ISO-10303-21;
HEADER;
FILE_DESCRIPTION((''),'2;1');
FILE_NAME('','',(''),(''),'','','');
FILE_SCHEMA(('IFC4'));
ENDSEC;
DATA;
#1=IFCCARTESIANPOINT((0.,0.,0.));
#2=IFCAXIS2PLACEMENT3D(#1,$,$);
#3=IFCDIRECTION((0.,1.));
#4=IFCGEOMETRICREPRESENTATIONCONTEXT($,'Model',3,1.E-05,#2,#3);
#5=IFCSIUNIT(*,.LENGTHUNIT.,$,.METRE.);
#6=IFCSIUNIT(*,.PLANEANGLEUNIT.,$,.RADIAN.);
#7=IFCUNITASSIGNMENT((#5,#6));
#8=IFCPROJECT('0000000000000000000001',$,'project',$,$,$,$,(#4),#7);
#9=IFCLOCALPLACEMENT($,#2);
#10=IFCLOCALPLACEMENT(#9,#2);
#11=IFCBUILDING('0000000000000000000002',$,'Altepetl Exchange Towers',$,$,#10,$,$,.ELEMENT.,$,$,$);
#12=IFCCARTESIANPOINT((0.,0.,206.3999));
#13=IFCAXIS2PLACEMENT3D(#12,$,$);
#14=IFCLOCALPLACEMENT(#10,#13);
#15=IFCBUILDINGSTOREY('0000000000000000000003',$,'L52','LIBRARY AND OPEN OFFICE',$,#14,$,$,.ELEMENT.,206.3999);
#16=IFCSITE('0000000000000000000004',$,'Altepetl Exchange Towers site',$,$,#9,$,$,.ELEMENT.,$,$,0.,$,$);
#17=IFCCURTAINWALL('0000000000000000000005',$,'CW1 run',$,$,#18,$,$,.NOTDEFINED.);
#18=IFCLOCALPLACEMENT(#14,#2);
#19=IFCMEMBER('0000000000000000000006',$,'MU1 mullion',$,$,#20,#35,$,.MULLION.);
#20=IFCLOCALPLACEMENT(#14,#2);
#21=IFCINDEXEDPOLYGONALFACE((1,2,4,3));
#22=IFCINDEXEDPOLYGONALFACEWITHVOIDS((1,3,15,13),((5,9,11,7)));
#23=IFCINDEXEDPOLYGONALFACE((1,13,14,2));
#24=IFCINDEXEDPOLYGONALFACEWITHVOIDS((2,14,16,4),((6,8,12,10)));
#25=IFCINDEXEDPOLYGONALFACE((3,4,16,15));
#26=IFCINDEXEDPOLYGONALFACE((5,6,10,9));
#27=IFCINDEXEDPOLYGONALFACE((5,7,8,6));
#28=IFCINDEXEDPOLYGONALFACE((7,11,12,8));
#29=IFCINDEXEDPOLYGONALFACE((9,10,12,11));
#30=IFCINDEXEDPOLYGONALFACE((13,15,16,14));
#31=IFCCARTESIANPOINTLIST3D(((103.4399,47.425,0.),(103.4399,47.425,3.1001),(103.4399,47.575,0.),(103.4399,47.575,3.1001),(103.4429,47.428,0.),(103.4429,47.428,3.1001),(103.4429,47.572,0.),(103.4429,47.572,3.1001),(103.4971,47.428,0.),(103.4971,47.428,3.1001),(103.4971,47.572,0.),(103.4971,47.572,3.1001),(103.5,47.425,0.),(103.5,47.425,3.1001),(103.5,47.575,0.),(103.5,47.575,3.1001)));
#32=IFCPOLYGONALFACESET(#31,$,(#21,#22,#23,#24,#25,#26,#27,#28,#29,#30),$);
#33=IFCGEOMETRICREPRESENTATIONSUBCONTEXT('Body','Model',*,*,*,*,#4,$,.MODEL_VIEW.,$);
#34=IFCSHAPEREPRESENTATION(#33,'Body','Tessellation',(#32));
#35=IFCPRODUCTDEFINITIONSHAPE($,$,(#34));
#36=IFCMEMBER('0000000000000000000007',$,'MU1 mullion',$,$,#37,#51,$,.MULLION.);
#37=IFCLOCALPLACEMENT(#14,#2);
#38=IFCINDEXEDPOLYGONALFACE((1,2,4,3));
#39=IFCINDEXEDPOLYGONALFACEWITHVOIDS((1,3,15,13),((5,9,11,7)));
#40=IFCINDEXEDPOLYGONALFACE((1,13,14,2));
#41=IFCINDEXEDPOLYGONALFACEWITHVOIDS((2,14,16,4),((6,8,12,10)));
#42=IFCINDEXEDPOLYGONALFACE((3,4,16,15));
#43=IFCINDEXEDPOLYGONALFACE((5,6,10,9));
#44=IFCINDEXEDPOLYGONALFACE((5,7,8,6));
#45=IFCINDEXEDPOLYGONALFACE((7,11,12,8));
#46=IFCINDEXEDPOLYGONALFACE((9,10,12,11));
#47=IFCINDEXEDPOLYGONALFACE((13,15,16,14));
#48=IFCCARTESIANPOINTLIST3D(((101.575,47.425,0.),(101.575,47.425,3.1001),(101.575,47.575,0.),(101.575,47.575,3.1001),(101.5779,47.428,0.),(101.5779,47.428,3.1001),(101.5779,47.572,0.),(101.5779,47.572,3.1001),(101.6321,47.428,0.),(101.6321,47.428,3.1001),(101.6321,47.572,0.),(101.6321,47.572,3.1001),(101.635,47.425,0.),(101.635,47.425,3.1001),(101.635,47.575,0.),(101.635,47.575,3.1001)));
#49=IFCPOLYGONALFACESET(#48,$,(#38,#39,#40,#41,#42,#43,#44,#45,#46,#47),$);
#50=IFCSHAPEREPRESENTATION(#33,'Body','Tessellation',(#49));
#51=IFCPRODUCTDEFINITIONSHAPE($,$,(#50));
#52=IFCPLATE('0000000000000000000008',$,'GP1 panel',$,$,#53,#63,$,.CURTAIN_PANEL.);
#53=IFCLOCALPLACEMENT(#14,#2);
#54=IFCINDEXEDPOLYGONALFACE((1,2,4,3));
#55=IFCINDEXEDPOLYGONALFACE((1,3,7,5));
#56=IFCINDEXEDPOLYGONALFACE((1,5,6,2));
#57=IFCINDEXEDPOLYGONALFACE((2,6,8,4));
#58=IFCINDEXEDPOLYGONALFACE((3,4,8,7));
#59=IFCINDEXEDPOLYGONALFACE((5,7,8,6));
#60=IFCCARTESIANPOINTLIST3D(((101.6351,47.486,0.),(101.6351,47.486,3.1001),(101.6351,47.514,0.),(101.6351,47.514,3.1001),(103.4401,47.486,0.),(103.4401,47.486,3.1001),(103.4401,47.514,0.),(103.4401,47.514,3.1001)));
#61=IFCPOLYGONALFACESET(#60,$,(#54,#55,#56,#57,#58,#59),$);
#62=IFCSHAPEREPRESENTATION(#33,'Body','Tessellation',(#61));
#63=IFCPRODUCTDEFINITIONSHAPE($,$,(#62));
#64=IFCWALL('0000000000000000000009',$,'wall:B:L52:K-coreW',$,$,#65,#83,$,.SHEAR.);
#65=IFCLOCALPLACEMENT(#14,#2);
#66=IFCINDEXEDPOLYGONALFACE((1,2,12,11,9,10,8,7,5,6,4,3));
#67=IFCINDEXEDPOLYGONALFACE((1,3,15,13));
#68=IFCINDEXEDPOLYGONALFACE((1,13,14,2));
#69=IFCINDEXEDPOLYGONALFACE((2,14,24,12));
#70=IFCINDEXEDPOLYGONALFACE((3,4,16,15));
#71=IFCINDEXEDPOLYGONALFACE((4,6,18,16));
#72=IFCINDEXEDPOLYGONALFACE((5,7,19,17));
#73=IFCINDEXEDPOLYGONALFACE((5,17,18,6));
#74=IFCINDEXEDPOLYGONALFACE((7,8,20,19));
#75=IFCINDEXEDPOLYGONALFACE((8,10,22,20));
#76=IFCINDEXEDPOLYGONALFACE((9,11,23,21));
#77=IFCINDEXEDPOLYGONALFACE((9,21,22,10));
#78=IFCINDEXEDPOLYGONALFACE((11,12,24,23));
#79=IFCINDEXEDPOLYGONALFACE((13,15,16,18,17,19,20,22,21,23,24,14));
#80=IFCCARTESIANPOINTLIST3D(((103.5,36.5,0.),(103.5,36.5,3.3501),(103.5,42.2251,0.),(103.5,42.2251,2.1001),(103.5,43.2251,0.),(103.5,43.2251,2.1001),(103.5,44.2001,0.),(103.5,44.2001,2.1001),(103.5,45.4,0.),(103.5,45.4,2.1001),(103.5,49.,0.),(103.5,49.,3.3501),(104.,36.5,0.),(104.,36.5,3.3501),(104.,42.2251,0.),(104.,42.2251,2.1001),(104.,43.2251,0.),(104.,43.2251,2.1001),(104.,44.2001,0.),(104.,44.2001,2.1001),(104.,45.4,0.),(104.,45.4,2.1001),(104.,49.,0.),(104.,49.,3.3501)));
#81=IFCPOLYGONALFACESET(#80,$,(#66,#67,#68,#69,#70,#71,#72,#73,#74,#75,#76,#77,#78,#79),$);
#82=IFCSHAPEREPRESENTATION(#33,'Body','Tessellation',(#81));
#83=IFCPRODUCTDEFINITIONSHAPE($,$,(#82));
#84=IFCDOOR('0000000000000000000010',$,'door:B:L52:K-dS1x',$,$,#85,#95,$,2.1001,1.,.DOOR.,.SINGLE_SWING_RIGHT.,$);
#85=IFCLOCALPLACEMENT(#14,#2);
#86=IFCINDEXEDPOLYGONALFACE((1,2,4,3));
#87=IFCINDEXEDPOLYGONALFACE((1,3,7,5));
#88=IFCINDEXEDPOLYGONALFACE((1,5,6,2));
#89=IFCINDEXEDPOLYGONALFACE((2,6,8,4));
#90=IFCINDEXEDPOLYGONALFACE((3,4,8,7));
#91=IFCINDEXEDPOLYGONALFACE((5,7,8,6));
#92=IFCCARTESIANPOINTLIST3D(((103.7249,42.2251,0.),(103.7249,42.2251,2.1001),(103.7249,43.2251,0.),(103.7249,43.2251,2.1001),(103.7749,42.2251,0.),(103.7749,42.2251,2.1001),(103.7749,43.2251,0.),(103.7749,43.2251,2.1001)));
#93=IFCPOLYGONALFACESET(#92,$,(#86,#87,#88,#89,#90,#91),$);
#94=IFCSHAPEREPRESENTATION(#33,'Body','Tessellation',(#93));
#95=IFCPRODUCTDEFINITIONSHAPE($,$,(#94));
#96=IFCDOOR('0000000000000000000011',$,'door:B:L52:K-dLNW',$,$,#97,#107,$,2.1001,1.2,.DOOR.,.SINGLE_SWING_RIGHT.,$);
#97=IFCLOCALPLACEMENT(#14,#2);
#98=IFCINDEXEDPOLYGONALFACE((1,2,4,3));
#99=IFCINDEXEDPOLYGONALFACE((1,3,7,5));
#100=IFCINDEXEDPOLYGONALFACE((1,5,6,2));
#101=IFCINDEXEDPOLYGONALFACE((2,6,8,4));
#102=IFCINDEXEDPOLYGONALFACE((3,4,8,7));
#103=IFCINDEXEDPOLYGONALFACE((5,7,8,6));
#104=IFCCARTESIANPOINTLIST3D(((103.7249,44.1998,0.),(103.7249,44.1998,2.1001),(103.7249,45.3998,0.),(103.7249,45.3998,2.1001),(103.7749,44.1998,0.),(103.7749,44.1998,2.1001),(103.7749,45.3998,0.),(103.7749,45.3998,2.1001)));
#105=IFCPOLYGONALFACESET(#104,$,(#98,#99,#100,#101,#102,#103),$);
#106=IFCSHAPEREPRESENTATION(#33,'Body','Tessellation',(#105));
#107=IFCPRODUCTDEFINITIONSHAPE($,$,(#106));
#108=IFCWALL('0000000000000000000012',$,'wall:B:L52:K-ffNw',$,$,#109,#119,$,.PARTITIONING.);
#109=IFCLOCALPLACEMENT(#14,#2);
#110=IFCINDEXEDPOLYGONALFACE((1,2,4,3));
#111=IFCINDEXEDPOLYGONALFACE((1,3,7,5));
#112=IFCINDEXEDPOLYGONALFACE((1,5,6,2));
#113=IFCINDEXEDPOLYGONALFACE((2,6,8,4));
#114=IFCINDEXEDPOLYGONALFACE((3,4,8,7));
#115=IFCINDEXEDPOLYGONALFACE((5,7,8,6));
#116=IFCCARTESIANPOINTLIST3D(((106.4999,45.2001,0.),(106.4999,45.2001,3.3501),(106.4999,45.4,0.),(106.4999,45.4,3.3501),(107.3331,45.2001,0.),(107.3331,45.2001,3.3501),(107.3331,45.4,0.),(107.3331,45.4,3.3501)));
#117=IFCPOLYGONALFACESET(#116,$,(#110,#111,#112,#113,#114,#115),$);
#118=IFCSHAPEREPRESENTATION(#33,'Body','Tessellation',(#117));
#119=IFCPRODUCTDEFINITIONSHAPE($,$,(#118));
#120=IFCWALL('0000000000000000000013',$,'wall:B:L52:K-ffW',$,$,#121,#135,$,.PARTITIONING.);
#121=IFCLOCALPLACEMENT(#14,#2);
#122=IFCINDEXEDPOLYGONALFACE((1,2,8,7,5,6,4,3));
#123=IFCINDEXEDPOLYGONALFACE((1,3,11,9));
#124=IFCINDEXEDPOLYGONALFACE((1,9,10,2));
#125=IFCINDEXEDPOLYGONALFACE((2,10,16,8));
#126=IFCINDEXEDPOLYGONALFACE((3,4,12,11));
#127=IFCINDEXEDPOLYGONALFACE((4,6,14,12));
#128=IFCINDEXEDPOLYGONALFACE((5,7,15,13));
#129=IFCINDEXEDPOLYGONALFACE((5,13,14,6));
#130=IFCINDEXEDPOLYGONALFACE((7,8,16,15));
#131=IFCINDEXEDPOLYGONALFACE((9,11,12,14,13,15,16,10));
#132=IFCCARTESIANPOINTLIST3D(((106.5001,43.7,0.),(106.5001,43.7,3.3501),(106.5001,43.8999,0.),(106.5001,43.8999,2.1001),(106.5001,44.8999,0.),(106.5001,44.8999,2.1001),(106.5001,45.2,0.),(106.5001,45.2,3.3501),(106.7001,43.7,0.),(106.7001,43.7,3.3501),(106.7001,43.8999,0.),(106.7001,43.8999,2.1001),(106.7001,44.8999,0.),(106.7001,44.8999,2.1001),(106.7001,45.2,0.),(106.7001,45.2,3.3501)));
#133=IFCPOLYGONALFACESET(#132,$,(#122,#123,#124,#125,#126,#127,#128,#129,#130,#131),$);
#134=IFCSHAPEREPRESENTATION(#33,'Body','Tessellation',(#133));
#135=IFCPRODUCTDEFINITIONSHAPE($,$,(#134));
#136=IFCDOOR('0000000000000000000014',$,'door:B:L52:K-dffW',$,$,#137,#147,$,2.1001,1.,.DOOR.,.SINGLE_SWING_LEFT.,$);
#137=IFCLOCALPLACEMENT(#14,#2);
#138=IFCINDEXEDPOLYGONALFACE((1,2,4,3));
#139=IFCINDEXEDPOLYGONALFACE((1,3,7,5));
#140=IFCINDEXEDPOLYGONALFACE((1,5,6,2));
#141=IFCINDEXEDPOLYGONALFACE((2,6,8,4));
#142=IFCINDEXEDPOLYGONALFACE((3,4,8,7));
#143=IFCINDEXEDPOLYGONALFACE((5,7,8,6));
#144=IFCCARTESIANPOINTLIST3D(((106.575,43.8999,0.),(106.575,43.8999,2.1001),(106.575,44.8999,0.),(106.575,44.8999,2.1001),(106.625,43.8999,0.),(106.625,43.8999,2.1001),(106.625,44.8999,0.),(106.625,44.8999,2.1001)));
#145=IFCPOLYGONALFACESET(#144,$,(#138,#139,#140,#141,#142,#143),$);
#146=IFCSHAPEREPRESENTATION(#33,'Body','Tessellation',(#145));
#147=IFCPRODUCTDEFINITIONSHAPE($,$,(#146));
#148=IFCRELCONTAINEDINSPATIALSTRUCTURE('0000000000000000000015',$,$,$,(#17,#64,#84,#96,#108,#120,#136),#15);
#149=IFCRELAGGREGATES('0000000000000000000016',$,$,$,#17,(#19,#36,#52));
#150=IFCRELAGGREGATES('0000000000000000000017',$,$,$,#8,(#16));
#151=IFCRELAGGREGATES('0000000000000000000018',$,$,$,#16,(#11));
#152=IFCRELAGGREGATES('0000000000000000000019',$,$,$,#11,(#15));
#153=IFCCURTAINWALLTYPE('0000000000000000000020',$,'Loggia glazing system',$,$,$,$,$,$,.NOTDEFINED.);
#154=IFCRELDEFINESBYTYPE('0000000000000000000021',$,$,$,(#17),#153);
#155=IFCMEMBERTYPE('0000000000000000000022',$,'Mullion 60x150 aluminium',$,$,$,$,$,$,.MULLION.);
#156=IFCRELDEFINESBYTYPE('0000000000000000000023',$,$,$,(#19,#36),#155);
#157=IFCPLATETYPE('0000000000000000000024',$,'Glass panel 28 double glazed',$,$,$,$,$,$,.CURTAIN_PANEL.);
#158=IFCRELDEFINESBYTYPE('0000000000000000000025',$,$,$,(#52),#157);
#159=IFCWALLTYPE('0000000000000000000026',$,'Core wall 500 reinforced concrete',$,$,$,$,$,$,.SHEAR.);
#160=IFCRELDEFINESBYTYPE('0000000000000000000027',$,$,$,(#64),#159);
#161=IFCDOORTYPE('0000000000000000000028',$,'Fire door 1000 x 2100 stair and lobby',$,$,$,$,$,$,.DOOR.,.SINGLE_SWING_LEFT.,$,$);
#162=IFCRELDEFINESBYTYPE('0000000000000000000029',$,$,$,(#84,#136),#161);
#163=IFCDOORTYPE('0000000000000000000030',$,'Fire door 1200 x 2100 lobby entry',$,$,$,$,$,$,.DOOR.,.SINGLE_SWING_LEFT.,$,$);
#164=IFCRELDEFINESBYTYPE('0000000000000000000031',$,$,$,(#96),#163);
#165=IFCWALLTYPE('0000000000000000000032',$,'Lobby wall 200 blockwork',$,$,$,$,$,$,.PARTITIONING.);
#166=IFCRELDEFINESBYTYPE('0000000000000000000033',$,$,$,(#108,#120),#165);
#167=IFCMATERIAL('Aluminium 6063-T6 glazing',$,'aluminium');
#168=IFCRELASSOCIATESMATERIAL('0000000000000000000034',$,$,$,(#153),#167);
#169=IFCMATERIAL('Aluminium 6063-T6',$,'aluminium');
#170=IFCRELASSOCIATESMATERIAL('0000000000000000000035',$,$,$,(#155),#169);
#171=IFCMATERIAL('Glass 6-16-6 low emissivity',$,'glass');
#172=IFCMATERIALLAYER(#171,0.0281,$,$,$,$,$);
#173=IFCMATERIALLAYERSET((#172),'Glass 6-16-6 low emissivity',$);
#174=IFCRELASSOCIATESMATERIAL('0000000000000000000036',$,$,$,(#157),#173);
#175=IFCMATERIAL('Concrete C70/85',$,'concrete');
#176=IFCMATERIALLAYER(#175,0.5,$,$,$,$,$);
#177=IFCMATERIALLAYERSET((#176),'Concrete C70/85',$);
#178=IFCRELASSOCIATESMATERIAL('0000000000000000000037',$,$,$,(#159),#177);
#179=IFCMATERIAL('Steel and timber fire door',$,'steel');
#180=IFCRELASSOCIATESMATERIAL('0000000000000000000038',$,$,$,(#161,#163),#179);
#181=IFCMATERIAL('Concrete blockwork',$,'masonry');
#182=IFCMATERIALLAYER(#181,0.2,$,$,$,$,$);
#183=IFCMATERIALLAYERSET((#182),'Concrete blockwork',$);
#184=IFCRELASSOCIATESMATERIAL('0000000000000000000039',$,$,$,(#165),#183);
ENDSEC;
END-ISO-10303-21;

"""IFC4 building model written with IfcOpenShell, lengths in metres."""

from ifc_helpers import new_model, si_unit, direction, frame, frame_2d, origin, origin_2d, place, context, subcontext, project, spatial, rectangle, hollow_rectangle, extrude, material, layer, layer_set, material_profile, profile_set, type_object, element, fill, aggregate, save


model = new_model("IFC4")

# Units and contexts
model_context = context("Model", 3, precision=1e-05, world=origin(), true_north=direction((0.0, 1.0)))
body_context = subcontext(model_context, "Body", "Model", "MODEL_VIEW")
ifc_project = project(units=[si_unit("LENGTHUNIT", "METRE"), si_unit("PLANEANGLEUNIT", "RADIAN")], contexts=[model_context])

# Site, building, storey
site_placement = place(None, origin())
site = spatial("IfcSite", under=ifc_project, at=site_placement, Name="Altepetl Exchange Towers site", CompositionType="ELEMENT", RefElevation=0.0)
building_placement = place(site_placement, origin())
building = spatial("IfcBuilding", under=site, at=building_placement, Name="Altepetl Exchange Towers", CompositionType="ELEMENT")
storey_placement = place(building_placement, frame((0.0, 0.0, 206.3999)))
storey = spatial("IfcBuildingStorey", under=building, at=storey_placement, Name="L52", Description="LIBRARY AND OPEN OFFICE", CompositionType="ELEMENT", Elevation=206.3999)

# Curtain wall, members, plate
ifc_material_1 = material(Name="Aluminium 6063-T6 glazing", Category="aluminium")
curtain_wall_type = type_object("IfcCurtainWallType", Name="Loggia glazing system", PredefinedType="NOTDEFINED", material=ifc_material_1)
curtain_wall_placement = place(storey_placement, origin())
curtain_wall = element("IfcCurtainWall", 1, at=curtain_wall_placement, inside=storey, type_object=curtain_wall_type, Name="CW1 run", PredefinedType="NOTDEFINED")
ifc_material_2 = material(Name="Aluminium 6063-T6", Category="aluminium")
ifc_material_profile = material_profile(ifc_material_2, hollow_rectangle(XDim=0.0601, YDim=0.1499, WallThickness=0.0029, at=origin_2d()), Name="Mullion 60x150 aluminium")
ifc_profile_set = profile_set([ifc_material_profile], Name="Aluminium 6063-T6")
member_type = type_object("IfcMemberType", Name="Mullion 60x150 aluminium", PredefinedType="MULLION", material=ifc_profile_set)
member_1_placement = place(storey_placement, frame((103.47, 47.5, 0.0), z_axis=(0.0, 0.0, 1.0), x_axis=(-1.0, 0.0, 0.0)))
member_1 = element("IfcMember", 2, at=member_1_placement, type_object=member_type, Name="MU1 mullion", PredefinedType="MULLION", context=body_context, shape_type="SweptSolid", body=[
    extrude(hollow_rectangle(XDim=0.0601, YDim=0.1499, WallThickness=0.0029, at=origin_2d()), origin(), (0.0, 0.0, 1.0), 3.1001),
])
member_2_placement = place(storey_placement, frame((101.605, 47.5, 0.0), z_axis=(0.0, 0.0, 1.0), x_axis=(-1.0, 0.0, 0.0)))
member_2 = element("IfcMember", 3, at=member_2_placement, type_object=member_type, Name="MU1 mullion", PredefinedType="MULLION", context=body_context, shape_type="SweptSolid", body=[
    extrude(hollow_rectangle(XDim=0.0601, YDim=0.1499, WallThickness=0.0029, at=origin_2d()), origin(), (0.0, 0.0, 1.0), 3.1001),
])
ifc_material_3 = material(Name="Glass 6-16-6 low emissivity", Category="glass")
ifc_layer_1 = layer(ifc_material_3, 0.0281)
ifc_layer_set_1 = layer_set([ifc_layer_1], Name="Glass 6-16-6 low emissivity")
plate_type = type_object("IfcPlateType", Name="Glass panel 28 double glazed", PredefinedType="CURTAIN_PANEL", material=ifc_layer_set_1)
plate_placement = place(storey_placement, frame((102.5376, 47.5, 0.0), z_axis=(0.0, 0.0, 1.0), x_axis=(-1.0, 0.0, 0.0)))
plate = element("IfcPlate", 4, at=plate_placement, type_object=plate_type, Name="GP1 panel", PredefinedType="CURTAIN_PANEL", context=body_context, shape_type="SweptSolid", body=[
    extrude(rectangle(XDim=1.8049, YDim=0.0281, at=origin_2d()), origin(), (0.0, 0.0, 1.0), 3.1001),
])
aggregate(curtain_wall, [member_1, member_2, plate])

# Wall, openings, doors
ifc_material_4 = material(Name="Concrete C70/85", Category="concrete")
ifc_layer_2 = layer(ifc_material_4, 0.5)
ifc_layer_set_2 = layer_set([ifc_layer_2], Name="Concrete C70/85")
wall_type_1 = type_object("IfcWallType", Name="Core wall 500 reinforced concrete", PredefinedType="SHEAR", material=ifc_layer_set_2)
wall_1_placement = place(storey_placement, frame((103.75, 36.5, 0.0), z_axis=(0.0, 0.0, 1.0), x_axis=(0.0, 1.0, 0.0)))
wall_1 = element("IfcWall", 5, at=wall_1_placement, inside=storey, type_object=wall_type_1, Name="wall:B:L52:K-coreW", PredefinedType="SHEAR", context=body_context, shape_type="SweptSolid", body=[
    extrude(rectangle(XDim=12.5, YDim=0.5, at=frame_2d((6.25, 0.0))), origin(), (0.0, 0.0, 1.0), 3.3501),
])
opening_1_placement = place(wall_1_placement, frame((7.7, 0.0, 0.0)))
opening_1 = element("IfcOpeningElement", 6, at=opening_1_placement, cuts=wall_1, PredefinedType="OPENING", context=body_context, shape_type="SweptSolid", body=[
    extrude(rectangle(XDim=1.2, YDim=2.1001, at=frame_2d((0.6001, 1.05))), frame((0.0, 0.26, 0.0), z_axis=(0.0, -1.0, 0.0), x_axis=(1.0, 0.0, 0.0)), (0.0, 0.0, 1.0), 0.52),
])
opening_2_placement = place(wall_1_placement, frame((5.7251, 0.0, 0.0)))
opening_2 = element("IfcOpeningElement", 7, at=opening_2_placement, cuts=wall_1, PredefinedType="OPENING", context=body_context, shape_type="SweptSolid", body=[
    extrude(rectangle(XDim=1.0, YDim=2.1001, at=frame_2d((0.5, 1.05))), frame((0.0, 0.26, 0.0), z_axis=(0.0, -1.0, 0.0), x_axis=(1.0, 0.0, 0.0)), (0.0, 0.0, 1.0), 0.52),
])
ifc_material_5 = material(Name="Steel and timber fire door", Category="steel")
door_type_1 = type_object("IfcDoorType", Name="Fire door 1000 x 2100 stair and lobby", OperationType="SINGLE_SWING_LEFT", PredefinedType="DOOR", material=ifc_material_5)
door_1_placement = place(opening_2_placement, frame((1.0, 0.0, 0.0), x_axis=(-1.0, 0.0, 0.0)))
door_1 = element("IfcDoor", 8, at=door_1_placement, inside=storey, type_object=door_type_1, Name="door:B:L52:K-dS1x", OperationType="SINGLE_SWING_RIGHT", OverallHeight=2.1001, OverallWidth=1.0, PredefinedType="DOOR", context=body_context, shape_type="SweptSolid", body=[
    extrude(rectangle(XDim=1.0, YDim=2.1001, at=frame_2d((0.5, 1.05))), frame((0.0, 0.0249, 0.0), z_axis=(0.0, -1.0, 0.0), x_axis=(1.0, 0.0, 0.0)), (0.0, 0.0, 1.0), 0.05),
])
fill(opening_2, door_1)
door_type_2 = type_object("IfcDoorType", Name="Fire door 1200 x 2100 lobby entry", OperationType="SINGLE_SWING_LEFT", PredefinedType="DOOR", material=ifc_material_5)
door_2_placement = place(opening_1_placement, frame((1.2, 0.0, 0.0), x_axis=(-1.0, 0.0, 0.0)))
door_2 = element("IfcDoor", 9, at=door_2_placement, inside=storey, type_object=door_type_2, Name="door:B:L52:K-dLNW", OperationType="SINGLE_SWING_RIGHT", OverallHeight=2.1001, OverallWidth=1.2, PredefinedType="DOOR", context=body_context, shape_type="SweptSolid", body=[
    extrude(rectangle(XDim=1.2, YDim=2.1001, at=frame_2d((0.6001, 1.05))), frame((0.0, 0.0249, 0.0), z_axis=(0.0, -1.0, 0.0), x_axis=(1.0, 0.0, 0.0)), (0.0, 0.0, 1.0), 0.05),
])
fill(opening_1, door_2)

# Wall
ifc_material_6 = material(Name="Concrete blockwork", Category="masonry")
ifc_layer_3 = layer(ifc_material_6, 0.2)
ifc_layer_set_3 = layer_set([ifc_layer_3], Name="Concrete blockwork")
wall_type_2 = type_object("IfcWallType", Name="Lobby wall 200 blockwork", PredefinedType="PARTITIONING", material=ifc_layer_set_3)
wall_2_placement = place(storey_placement, frame((106.5, 45.3, 0.0)))
element("IfcWall", 10, at=wall_2_placement, inside=storey, type_object=wall_type_2, Name="wall:B:L52:K-ffNw", PredefinedType="PARTITIONING", context=body_context, shape_type="SweptSolid", body=[
    extrude(rectangle(XDim=0.8333, YDim=0.2, at=frame_2d((0.4165, 0.0))), origin(), (0.0, 0.0, 1.0), 3.3501),
])

# Wall, opening, door
wall_3_placement = place(storey_placement, frame((106.6001, 43.7, 0.0), z_axis=(0.0, 0.0, 1.0), x_axis=(0.0, 1.0, 0.0)))
wall_3 = element("IfcWall", 11, at=wall_3_placement, inside=storey, type_object=wall_type_2, Name="wall:B:L52:K-ffW", PredefinedType="PARTITIONING", context=body_context, shape_type="SweptSolid", body=[
    extrude(rectangle(XDim=1.5, YDim=0.2, at=frame_2d((0.75, 0.0))), origin(), (0.0, 0.0, 1.0), 3.3501),
])
opening_3_placement = place(wall_3_placement, frame((0.2, 0.0, 0.0)))
opening_3 = element("IfcOpeningElement", 12, at=opening_3_placement, cuts=wall_3, PredefinedType="OPENING", context=body_context, shape_type="SweptSolid", body=[
    extrude(rectangle(XDim=1.0, YDim=2.1001, at=frame_2d((0.5, 1.05))), frame((0.0, 0.1099, 0.0), z_axis=(0.0, -1.0, 0.0), x_axis=(1.0, 0.0, 0.0)), (0.0, 0.0, 1.0), 0.22),
])
door_3_placement = place(opening_3_placement, frame((1.0, 0.0, 0.0), x_axis=(-1.0, 0.0, 0.0)))
door_3 = element("IfcDoor", 13, at=door_3_placement, inside=storey, type_object=door_type_1, Name="door:B:L52:K-dffW", OperationType="SINGLE_SWING_LEFT", OverallHeight=2.1001, OverallWidth=1.0, PredefinedType="DOOR", context=body_context, shape_type="SweptSolid", body=[
    extrude(rectangle(XDim=1.0, YDim=2.1001, at=frame_2d((0.5, 1.05))), frame((0.0, 0.0249, 0.0), z_axis=(0.0, -1.0, 0.0), x_axis=(1.0, 0.0, 0.0)), (0.0, 0.0, 1.0), 0.05),
])
fill(opening_3, door_3)

save(model, "model.ifc")
